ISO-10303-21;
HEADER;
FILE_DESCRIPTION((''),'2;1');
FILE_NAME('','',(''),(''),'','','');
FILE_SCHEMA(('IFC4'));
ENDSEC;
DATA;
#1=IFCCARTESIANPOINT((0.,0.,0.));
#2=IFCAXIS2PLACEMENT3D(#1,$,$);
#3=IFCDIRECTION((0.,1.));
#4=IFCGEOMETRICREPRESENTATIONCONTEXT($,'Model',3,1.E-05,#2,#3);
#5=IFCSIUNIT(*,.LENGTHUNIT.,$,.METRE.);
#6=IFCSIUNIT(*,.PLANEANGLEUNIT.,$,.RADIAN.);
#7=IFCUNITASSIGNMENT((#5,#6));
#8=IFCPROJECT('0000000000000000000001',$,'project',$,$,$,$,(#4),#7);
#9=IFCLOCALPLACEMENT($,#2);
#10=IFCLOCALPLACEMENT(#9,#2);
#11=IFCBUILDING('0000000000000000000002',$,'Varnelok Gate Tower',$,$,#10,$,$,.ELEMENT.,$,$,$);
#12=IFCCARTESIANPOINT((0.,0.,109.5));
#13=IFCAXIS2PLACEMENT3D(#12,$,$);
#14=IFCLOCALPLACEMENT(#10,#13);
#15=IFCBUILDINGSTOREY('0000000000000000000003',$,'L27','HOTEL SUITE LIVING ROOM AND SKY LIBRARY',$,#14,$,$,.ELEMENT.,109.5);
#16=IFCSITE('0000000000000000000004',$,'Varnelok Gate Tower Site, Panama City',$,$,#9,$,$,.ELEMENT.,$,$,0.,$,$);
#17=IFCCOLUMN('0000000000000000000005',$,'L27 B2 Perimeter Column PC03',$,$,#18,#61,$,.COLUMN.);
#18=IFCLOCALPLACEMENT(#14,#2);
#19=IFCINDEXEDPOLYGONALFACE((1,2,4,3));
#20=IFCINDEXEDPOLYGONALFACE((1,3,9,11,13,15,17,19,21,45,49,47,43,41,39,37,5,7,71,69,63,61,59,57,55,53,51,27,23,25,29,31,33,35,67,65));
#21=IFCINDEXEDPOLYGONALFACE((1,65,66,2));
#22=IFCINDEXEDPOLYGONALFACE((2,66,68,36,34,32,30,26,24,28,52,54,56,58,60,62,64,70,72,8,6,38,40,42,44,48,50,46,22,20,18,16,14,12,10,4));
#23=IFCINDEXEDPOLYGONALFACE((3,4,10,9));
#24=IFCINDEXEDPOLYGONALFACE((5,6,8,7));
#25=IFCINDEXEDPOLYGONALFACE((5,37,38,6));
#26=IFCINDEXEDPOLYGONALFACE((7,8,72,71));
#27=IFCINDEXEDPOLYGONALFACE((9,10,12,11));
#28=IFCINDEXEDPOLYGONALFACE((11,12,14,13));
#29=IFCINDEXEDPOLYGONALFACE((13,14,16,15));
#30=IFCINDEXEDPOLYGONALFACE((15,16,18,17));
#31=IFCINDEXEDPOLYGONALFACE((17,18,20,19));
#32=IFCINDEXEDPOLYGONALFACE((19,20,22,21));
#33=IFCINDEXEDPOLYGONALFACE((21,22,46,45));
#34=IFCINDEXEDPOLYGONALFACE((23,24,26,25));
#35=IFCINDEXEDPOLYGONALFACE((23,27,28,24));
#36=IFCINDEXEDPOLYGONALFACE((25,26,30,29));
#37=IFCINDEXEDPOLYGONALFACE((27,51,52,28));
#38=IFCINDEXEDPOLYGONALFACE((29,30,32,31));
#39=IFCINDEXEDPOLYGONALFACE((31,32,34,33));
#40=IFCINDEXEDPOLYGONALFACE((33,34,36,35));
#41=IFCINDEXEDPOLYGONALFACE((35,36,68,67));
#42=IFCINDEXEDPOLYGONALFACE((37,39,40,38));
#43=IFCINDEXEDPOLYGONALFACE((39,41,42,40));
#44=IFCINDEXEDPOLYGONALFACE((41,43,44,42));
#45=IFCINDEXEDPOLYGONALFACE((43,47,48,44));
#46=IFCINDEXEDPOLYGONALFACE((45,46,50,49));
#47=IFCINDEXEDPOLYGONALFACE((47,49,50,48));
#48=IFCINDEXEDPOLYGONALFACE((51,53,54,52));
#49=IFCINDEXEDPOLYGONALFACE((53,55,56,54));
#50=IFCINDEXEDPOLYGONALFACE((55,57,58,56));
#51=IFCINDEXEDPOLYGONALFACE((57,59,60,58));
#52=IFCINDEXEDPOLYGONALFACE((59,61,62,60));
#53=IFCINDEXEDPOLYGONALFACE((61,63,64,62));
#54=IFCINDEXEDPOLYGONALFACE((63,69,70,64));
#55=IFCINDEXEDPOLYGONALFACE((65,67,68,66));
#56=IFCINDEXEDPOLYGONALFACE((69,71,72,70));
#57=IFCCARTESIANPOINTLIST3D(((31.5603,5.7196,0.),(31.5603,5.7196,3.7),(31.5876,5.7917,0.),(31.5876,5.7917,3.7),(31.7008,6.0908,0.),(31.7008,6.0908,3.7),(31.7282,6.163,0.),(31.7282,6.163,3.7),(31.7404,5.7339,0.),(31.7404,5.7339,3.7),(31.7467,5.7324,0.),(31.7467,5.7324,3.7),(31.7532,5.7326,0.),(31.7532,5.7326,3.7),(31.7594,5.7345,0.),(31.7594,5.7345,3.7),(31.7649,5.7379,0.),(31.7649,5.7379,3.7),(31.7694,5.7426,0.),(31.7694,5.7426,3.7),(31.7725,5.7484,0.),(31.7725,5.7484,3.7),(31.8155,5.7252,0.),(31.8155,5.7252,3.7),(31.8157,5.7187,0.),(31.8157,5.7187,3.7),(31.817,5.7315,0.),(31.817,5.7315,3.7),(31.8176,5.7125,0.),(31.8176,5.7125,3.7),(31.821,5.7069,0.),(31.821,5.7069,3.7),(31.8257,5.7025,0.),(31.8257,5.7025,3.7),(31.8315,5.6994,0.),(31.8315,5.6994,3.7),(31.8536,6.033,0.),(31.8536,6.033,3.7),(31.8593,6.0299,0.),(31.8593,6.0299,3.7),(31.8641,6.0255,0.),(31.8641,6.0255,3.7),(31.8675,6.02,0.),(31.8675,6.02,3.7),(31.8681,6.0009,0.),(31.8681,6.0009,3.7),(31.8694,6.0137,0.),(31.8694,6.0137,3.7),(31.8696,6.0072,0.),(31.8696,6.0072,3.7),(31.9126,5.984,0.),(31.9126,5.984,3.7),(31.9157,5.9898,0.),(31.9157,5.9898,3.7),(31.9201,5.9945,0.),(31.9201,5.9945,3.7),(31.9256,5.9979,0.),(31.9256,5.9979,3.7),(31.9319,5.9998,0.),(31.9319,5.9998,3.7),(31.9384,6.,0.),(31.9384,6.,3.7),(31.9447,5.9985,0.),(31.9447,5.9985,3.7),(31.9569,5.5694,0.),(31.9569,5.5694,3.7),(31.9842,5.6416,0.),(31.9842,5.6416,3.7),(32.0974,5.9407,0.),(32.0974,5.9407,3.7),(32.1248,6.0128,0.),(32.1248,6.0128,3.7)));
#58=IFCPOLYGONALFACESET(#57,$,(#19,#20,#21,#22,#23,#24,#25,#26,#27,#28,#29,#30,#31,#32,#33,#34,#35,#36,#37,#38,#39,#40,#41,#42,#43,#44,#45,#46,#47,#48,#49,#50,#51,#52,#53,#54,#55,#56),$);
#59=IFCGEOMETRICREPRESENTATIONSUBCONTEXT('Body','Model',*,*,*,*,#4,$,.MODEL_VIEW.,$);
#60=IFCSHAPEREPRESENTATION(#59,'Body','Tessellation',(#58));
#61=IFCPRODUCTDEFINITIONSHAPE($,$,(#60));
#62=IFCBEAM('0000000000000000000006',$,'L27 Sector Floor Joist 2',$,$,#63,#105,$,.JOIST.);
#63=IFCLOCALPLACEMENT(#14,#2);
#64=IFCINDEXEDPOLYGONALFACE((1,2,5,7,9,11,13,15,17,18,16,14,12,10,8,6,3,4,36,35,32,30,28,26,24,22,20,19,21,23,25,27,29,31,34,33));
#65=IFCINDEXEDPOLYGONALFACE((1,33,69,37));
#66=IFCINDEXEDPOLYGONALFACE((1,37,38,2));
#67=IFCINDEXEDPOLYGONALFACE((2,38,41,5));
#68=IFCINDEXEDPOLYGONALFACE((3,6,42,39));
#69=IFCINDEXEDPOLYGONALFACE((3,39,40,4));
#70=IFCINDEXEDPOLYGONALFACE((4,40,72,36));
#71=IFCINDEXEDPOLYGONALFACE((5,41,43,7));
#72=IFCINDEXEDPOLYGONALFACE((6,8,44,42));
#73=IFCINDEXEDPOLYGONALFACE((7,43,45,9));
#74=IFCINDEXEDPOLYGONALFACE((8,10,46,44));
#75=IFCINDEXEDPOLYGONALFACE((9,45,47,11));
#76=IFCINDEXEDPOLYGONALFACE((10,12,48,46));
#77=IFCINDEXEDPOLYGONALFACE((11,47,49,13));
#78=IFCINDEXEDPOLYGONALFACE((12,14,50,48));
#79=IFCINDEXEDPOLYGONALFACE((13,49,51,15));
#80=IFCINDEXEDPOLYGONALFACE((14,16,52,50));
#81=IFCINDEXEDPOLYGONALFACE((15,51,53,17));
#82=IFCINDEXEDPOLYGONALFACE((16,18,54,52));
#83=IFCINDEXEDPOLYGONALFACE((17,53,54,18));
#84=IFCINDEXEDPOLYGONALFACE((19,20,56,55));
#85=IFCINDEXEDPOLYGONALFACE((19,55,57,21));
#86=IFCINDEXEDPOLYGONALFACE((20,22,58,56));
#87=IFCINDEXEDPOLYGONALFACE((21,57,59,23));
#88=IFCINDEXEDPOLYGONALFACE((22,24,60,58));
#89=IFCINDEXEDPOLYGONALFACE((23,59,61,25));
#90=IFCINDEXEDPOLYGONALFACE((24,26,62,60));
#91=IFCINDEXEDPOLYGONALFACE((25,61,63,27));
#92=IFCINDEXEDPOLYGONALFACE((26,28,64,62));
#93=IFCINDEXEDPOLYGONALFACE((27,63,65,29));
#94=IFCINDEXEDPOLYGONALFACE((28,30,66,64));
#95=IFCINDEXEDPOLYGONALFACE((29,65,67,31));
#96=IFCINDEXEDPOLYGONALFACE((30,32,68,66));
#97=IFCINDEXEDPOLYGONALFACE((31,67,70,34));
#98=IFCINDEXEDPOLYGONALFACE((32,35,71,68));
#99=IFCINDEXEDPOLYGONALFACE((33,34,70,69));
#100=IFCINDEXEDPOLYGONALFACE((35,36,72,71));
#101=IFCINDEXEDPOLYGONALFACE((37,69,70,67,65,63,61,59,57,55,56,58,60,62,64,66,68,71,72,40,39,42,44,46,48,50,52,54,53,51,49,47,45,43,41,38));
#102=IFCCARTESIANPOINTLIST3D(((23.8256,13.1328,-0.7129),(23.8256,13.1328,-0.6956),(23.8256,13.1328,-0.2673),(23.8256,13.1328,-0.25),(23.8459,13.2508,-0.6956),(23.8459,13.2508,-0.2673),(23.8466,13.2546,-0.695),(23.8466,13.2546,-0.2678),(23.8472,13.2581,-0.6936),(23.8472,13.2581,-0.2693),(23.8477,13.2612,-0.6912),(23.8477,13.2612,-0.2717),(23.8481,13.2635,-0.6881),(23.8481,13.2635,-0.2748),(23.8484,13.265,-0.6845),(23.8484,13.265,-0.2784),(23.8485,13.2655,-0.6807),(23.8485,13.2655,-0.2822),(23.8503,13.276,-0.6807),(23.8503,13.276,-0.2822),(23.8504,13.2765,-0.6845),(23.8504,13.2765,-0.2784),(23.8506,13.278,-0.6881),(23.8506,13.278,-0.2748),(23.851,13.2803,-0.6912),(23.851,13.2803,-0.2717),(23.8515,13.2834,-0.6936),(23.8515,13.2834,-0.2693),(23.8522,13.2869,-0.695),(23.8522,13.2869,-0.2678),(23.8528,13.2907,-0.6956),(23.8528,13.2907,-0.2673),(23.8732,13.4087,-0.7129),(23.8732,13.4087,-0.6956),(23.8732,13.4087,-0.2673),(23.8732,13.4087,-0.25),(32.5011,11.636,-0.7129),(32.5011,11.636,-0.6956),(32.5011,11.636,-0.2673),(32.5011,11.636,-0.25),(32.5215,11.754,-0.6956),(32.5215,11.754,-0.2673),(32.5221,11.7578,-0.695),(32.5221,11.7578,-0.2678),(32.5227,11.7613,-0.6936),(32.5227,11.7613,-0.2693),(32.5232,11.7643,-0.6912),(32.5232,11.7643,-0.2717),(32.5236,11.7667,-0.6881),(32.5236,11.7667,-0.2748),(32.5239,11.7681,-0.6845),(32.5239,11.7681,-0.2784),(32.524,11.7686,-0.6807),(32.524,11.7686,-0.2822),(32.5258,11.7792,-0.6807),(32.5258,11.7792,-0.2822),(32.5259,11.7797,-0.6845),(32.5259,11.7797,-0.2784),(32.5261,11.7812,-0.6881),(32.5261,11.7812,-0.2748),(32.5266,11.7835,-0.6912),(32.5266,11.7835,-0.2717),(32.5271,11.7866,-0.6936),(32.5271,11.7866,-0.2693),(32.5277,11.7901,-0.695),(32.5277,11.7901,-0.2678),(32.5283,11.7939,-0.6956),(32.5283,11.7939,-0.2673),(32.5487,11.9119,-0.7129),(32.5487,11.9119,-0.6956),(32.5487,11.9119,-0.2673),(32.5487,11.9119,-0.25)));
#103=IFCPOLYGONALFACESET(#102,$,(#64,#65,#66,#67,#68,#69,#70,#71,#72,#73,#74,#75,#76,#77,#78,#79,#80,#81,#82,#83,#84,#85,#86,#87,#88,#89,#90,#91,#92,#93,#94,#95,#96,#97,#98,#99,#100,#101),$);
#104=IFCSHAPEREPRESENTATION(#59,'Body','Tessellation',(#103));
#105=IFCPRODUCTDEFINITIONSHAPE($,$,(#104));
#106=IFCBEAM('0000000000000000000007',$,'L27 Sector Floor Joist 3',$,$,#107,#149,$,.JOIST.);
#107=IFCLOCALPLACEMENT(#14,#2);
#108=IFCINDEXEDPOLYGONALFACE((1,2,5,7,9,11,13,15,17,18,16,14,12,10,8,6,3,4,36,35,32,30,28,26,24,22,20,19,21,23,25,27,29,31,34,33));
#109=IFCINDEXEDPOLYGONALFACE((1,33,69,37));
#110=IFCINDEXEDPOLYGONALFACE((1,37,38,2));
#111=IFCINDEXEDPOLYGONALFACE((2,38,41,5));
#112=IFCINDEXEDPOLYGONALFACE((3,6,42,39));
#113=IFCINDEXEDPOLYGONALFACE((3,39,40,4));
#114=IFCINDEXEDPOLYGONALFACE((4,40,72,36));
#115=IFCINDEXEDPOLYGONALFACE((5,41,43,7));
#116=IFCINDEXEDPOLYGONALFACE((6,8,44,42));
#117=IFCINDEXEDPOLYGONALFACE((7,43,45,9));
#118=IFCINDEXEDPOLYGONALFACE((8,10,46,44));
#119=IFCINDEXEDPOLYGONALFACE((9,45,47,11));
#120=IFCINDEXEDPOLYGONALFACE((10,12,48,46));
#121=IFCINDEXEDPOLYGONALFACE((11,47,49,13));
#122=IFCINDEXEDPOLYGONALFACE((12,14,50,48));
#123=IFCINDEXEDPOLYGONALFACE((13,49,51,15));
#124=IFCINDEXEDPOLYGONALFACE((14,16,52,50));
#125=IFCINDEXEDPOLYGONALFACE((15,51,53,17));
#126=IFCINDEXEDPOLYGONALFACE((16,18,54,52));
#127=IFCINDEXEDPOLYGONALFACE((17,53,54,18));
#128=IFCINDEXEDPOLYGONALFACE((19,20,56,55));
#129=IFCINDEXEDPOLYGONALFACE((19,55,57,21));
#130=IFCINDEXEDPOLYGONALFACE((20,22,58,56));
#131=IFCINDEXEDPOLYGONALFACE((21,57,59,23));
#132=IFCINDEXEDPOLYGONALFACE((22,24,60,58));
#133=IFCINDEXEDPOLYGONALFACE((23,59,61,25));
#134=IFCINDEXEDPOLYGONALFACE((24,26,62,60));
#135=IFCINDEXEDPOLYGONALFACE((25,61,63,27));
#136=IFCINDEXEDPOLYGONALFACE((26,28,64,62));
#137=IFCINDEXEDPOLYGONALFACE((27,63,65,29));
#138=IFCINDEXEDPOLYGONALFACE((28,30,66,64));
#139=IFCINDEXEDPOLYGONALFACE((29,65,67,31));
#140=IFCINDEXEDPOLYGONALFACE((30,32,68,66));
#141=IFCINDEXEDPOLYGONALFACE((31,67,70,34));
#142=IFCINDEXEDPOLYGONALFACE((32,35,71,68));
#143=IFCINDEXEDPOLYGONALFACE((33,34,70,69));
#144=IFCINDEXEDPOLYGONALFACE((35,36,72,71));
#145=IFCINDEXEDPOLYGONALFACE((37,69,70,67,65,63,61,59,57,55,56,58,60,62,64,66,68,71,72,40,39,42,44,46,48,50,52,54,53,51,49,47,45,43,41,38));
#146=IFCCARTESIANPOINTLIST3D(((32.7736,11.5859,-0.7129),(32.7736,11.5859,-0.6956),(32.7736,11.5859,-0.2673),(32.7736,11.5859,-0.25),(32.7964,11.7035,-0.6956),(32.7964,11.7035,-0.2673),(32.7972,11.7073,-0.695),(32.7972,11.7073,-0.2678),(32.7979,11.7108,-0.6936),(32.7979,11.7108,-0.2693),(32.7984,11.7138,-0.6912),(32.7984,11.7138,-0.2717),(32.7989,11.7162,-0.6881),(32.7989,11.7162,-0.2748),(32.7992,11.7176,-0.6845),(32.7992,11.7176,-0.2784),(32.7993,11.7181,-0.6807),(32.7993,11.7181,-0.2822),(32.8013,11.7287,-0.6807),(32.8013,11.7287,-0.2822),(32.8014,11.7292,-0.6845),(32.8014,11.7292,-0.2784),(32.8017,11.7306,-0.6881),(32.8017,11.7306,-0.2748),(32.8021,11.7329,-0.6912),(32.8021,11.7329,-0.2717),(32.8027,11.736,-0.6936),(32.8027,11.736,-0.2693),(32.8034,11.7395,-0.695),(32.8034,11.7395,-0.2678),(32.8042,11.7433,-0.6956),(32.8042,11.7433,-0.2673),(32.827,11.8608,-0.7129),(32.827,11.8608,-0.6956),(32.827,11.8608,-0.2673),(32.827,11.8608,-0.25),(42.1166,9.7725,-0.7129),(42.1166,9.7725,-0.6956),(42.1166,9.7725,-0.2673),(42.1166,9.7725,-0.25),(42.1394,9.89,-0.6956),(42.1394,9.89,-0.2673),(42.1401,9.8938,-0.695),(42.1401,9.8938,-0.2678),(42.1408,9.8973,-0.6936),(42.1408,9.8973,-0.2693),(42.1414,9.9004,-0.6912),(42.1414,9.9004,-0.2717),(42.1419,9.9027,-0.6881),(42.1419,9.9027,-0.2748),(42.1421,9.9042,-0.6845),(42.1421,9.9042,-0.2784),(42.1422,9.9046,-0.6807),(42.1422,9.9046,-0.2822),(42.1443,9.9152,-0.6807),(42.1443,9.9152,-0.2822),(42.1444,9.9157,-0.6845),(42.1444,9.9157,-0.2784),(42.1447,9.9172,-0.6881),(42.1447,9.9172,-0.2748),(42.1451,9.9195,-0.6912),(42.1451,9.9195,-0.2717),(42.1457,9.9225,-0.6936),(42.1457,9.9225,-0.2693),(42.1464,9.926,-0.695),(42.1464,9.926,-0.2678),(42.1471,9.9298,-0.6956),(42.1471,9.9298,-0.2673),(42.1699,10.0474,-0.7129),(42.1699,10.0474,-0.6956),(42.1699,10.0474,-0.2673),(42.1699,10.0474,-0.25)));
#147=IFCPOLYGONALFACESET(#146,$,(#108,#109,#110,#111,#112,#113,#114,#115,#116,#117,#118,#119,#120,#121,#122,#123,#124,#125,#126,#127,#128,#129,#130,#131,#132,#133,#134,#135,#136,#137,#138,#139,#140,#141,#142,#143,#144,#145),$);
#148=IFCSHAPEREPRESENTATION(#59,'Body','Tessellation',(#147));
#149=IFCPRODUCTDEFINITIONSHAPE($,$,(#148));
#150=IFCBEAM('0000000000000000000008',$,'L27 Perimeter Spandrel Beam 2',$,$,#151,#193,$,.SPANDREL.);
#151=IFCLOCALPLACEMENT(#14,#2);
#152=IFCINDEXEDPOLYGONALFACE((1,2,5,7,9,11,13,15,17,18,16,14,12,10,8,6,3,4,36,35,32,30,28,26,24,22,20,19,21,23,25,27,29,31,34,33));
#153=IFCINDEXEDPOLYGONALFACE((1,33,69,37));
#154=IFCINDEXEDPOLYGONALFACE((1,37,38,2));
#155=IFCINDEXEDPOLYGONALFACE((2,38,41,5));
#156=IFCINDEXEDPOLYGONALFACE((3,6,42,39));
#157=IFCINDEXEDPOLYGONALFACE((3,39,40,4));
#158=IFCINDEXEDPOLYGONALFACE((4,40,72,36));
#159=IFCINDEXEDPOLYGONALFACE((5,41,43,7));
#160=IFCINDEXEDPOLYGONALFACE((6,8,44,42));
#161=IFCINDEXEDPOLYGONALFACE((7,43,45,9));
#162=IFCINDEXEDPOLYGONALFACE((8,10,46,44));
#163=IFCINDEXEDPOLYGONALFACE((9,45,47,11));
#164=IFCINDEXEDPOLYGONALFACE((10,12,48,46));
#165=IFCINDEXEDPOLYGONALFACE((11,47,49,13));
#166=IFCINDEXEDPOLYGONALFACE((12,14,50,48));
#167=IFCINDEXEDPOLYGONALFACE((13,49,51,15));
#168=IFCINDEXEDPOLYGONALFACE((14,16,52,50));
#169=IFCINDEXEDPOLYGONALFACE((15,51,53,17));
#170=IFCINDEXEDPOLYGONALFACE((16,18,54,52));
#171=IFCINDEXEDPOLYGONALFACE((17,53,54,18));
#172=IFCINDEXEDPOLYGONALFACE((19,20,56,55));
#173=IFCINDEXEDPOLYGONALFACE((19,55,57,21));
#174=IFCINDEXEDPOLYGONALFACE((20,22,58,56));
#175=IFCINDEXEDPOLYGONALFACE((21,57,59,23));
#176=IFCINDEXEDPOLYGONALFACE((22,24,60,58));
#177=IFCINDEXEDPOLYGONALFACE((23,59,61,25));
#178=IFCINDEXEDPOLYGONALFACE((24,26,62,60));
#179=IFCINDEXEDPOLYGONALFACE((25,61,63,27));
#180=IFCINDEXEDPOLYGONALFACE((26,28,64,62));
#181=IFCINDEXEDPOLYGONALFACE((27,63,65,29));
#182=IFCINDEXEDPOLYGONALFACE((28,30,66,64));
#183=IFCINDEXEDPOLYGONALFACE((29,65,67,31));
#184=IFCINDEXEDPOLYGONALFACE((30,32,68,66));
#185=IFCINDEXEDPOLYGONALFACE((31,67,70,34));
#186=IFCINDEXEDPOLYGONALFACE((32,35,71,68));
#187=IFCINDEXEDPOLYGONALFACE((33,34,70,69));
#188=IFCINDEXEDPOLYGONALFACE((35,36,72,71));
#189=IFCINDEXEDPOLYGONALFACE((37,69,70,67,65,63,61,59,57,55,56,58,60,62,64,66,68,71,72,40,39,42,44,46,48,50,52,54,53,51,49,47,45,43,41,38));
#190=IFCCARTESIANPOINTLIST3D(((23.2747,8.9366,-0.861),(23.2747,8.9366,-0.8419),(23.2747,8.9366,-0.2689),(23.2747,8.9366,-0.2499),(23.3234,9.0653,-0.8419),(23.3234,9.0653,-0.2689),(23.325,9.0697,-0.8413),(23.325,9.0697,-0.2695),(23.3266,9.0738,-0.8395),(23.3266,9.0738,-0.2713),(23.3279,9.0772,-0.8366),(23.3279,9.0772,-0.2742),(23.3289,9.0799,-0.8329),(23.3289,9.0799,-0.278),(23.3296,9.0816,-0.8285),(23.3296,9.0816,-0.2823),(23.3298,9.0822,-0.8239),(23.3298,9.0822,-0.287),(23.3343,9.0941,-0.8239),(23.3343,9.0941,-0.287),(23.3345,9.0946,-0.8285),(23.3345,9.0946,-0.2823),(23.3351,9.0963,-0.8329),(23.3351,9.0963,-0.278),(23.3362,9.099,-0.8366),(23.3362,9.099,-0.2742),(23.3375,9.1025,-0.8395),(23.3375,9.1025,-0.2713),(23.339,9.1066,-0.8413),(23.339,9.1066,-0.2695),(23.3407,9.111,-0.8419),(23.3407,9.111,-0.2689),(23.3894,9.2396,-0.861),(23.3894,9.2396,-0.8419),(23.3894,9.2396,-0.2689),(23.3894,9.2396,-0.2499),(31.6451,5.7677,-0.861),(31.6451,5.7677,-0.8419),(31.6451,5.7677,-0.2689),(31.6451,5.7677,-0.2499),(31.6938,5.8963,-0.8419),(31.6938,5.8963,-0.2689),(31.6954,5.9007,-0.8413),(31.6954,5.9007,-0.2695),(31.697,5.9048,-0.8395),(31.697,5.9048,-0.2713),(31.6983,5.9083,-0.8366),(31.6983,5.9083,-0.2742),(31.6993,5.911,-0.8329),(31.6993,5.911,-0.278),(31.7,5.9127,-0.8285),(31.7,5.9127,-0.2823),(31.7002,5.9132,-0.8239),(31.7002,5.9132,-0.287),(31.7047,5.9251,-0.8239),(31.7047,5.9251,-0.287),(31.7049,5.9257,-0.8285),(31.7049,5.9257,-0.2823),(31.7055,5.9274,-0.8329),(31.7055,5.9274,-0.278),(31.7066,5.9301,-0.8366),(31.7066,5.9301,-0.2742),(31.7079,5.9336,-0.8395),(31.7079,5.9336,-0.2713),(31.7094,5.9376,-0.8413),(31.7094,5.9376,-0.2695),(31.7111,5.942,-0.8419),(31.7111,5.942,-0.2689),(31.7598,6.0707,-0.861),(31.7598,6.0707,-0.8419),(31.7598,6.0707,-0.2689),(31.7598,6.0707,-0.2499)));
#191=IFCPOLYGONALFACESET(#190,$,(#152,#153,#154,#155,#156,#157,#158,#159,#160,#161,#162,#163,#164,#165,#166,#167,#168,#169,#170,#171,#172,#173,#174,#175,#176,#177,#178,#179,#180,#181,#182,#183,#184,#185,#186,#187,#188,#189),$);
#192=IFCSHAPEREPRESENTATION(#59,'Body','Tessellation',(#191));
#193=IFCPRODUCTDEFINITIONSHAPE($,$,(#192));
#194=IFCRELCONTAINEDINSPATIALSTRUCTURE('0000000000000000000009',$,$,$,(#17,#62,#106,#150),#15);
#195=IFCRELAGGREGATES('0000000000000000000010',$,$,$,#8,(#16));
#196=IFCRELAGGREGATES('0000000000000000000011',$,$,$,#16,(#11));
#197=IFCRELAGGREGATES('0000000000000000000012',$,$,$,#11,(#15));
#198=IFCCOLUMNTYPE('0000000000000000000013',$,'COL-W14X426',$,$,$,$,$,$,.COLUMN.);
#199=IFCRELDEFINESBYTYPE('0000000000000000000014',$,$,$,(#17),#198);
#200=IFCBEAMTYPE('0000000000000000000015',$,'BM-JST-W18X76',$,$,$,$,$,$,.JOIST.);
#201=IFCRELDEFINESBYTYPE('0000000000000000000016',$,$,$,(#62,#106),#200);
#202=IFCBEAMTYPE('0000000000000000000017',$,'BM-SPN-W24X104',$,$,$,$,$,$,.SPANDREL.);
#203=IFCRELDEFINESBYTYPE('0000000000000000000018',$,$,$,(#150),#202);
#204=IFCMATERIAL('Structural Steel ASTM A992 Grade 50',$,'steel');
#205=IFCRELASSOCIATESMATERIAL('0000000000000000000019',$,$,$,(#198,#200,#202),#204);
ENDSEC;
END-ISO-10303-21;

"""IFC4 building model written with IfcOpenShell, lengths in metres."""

from ifc_helpers import new_model, si_unit, direction, frame, origin, origin_2d, place, context, subcontext, project, spatial, i_section, extrude, material, material_profile, profile_set, type_object, element, save


model = new_model("IFC4")

# Units and contexts
model_context = context("Model", 3, precision=1e-05, world=origin(), true_north=direction((0.0, 1.0)))
body_context = subcontext(model_context, "Body", "Model", "MODEL_VIEW")
ifc_project = project(units=[si_unit("LENGTHUNIT", "METRE"), si_unit("PLANEANGLEUNIT", "RADIAN")], contexts=[model_context])

# Site, building, storey
site_placement = place(None, origin())
site = spatial("IfcSite", under=ifc_project, at=site_placement, Name="Varnelok Gate Tower Site, Panama City", CompositionType="ELEMENT", RefElevation=0.0)
building_placement = place(site_placement, origin())
building = spatial("IfcBuilding", under=site, at=building_placement, Name="Varnelok Gate Tower", CompositionType="ELEMENT")
storey_placement = place(building_placement, frame((0.0, 0.0, 109.5)))
storey = spatial("IfcBuildingStorey", under=building, at=storey_placement, Name="L27", Description="HOTEL SUITE LIVING ROOM AND SKY LIBRARY", CompositionType="ELEMENT", Elevation=109.5)

# Column
ifc_material_1 = material(Name="Structural Steel ASTM A992 Grade 50", Category="steel")
ifc_material_profile_1 = material_profile(ifc_material_1, i_section(OverallWidth=0.4241, OverallDepth=0.4741, WebThickness=0.0476, FlangeThickness=0.0771, FilletRadius=0.0249, at=origin_2d()), Name="W14X426")
ifc_profile_set_1 = profile_set([ifc_material_profile_1], Name="Structural Steel ASTM A992 Grade 50")
column_type = type_object("IfcColumnType", Name="COL-W14X426", PredefinedType="COLUMN", material=ifc_profile_set_1)
column_placement = place(storey_placement, frame((31.8425, 5.8662, 0.0), z_axis=(0.0, 0.0, 1.0), x_axis=(0.935222, -0.354063, 0.0)))
element("IfcColumn", 1, at=column_placement, inside=storey, type_object=column_type, Name="L27 B2 Perimeter Column PC03", PredefinedType="COLUMN", context=body_context, shape_type="SweptSolid", body=[
    extrude(i_section(OverallWidth=0.4241, OverallDepth=0.4741, WebThickness=0.0476, FlangeThickness=0.0771, FilletRadius=0.0249, at=origin_2d()), origin(), (0.0, 0.0, 1.0), 3.7),
])

# Beams
ifc_material_profile_2 = material_profile(ifc_material_1, i_section(OverallWidth=0.28, OverallDepth=0.4629, WebThickness=0.0107, FlangeThickness=0.0173, FilletRadius=0.0149, at=origin_2d()), Name="W18X76")
ifc_profile_set_2 = profile_set([ifc_material_profile_2], Name="Structural Steel ASTM A992 Grade 50")
beam_type_1 = type_object("IfcBeamType", Name="BM-JST-W18X76", PredefinedType="JOIST", material=ifc_profile_set_2)
beam_1_placement = place(storey_placement, frame((23.8494, 13.2708, -0.4814), z_axis=(0.98544, -0.170022, 0.0), x_axis=(0.170022, 0.98544, 0.0)))
element("IfcBeam", 2, at=beam_1_placement, inside=storey, type_object=beam_type_1, Name="L27 Sector Floor Joist 2", PredefinedType="JOIST", context=body_context, shape_type="SweptSolid", body=[
    extrude(i_section(OverallWidth=0.28, OverallDepth=0.4629, WebThickness=0.0107, FlangeThickness=0.0173, FilletRadius=0.0149, at=origin_2d()), origin(), (0.0, 0.0, 1.0), 8.8037),
])
beam_2_placement = place(storey_placement, frame((32.8003, 11.7234, -0.4814), z_axis=(0.981679, -0.190544, 0.0), x_axis=(0.190544, 0.981679, 0.0)))
element("IfcBeam", 3, at=beam_2_placement, inside=storey, type_object=beam_type_1, Name="L27 Sector Floor Joist 3", PredefinedType="JOIST", context=body_context, shape_type="SweptSolid", body=[
    extrude(i_section(OverallWidth=0.28, OverallDepth=0.4629, WebThickness=0.0107, FlangeThickness=0.0173, FilletRadius=0.0149, at=origin_2d()), origin(), (0.0, 0.0, 1.0), 9.5173),
])
ifc_material_profile_3 = material_profile(ifc_material_1, i_section(OverallWidth=0.324, OverallDepth=0.6111, WebThickness=0.0127, FlangeThickness=0.019, FilletRadius=0.0181, at=origin_2d()), Name="W24X104")
ifc_profile_set_3 = profile_set([ifc_material_profile_3], Name="Structural Steel ASTM A992 Grade 50")
beam_type_2 = type_object("IfcBeamType", Name="BM-SPN-W24X104", PredefinedType="SPANDREL", material=ifc_profile_set_3)
beam_3_placement = place(storey_placement, frame((23.332, 9.0881, -0.5554), z_axis=(0.93522, -0.354066, 0.0), x_axis=(0.354066, 0.93522, 0.0)))
element("IfcBeam", 4, at=beam_3_placement, inside=storey, type_object=beam_type_2, Name="L27 Perimeter Spandrel Beam 2", PredefinedType="SPANDREL", context=body_context, shape_type="SweptSolid", body=[
    extrude(i_section(OverallWidth=0.324, OverallDepth=0.6111, WebThickness=0.0127, FlangeThickness=0.019, FilletRadius=0.0181, at=origin_2d()), origin(), (0.0, 0.0, 1.0), 8.9502),
])

save(model, "model.ifc")
